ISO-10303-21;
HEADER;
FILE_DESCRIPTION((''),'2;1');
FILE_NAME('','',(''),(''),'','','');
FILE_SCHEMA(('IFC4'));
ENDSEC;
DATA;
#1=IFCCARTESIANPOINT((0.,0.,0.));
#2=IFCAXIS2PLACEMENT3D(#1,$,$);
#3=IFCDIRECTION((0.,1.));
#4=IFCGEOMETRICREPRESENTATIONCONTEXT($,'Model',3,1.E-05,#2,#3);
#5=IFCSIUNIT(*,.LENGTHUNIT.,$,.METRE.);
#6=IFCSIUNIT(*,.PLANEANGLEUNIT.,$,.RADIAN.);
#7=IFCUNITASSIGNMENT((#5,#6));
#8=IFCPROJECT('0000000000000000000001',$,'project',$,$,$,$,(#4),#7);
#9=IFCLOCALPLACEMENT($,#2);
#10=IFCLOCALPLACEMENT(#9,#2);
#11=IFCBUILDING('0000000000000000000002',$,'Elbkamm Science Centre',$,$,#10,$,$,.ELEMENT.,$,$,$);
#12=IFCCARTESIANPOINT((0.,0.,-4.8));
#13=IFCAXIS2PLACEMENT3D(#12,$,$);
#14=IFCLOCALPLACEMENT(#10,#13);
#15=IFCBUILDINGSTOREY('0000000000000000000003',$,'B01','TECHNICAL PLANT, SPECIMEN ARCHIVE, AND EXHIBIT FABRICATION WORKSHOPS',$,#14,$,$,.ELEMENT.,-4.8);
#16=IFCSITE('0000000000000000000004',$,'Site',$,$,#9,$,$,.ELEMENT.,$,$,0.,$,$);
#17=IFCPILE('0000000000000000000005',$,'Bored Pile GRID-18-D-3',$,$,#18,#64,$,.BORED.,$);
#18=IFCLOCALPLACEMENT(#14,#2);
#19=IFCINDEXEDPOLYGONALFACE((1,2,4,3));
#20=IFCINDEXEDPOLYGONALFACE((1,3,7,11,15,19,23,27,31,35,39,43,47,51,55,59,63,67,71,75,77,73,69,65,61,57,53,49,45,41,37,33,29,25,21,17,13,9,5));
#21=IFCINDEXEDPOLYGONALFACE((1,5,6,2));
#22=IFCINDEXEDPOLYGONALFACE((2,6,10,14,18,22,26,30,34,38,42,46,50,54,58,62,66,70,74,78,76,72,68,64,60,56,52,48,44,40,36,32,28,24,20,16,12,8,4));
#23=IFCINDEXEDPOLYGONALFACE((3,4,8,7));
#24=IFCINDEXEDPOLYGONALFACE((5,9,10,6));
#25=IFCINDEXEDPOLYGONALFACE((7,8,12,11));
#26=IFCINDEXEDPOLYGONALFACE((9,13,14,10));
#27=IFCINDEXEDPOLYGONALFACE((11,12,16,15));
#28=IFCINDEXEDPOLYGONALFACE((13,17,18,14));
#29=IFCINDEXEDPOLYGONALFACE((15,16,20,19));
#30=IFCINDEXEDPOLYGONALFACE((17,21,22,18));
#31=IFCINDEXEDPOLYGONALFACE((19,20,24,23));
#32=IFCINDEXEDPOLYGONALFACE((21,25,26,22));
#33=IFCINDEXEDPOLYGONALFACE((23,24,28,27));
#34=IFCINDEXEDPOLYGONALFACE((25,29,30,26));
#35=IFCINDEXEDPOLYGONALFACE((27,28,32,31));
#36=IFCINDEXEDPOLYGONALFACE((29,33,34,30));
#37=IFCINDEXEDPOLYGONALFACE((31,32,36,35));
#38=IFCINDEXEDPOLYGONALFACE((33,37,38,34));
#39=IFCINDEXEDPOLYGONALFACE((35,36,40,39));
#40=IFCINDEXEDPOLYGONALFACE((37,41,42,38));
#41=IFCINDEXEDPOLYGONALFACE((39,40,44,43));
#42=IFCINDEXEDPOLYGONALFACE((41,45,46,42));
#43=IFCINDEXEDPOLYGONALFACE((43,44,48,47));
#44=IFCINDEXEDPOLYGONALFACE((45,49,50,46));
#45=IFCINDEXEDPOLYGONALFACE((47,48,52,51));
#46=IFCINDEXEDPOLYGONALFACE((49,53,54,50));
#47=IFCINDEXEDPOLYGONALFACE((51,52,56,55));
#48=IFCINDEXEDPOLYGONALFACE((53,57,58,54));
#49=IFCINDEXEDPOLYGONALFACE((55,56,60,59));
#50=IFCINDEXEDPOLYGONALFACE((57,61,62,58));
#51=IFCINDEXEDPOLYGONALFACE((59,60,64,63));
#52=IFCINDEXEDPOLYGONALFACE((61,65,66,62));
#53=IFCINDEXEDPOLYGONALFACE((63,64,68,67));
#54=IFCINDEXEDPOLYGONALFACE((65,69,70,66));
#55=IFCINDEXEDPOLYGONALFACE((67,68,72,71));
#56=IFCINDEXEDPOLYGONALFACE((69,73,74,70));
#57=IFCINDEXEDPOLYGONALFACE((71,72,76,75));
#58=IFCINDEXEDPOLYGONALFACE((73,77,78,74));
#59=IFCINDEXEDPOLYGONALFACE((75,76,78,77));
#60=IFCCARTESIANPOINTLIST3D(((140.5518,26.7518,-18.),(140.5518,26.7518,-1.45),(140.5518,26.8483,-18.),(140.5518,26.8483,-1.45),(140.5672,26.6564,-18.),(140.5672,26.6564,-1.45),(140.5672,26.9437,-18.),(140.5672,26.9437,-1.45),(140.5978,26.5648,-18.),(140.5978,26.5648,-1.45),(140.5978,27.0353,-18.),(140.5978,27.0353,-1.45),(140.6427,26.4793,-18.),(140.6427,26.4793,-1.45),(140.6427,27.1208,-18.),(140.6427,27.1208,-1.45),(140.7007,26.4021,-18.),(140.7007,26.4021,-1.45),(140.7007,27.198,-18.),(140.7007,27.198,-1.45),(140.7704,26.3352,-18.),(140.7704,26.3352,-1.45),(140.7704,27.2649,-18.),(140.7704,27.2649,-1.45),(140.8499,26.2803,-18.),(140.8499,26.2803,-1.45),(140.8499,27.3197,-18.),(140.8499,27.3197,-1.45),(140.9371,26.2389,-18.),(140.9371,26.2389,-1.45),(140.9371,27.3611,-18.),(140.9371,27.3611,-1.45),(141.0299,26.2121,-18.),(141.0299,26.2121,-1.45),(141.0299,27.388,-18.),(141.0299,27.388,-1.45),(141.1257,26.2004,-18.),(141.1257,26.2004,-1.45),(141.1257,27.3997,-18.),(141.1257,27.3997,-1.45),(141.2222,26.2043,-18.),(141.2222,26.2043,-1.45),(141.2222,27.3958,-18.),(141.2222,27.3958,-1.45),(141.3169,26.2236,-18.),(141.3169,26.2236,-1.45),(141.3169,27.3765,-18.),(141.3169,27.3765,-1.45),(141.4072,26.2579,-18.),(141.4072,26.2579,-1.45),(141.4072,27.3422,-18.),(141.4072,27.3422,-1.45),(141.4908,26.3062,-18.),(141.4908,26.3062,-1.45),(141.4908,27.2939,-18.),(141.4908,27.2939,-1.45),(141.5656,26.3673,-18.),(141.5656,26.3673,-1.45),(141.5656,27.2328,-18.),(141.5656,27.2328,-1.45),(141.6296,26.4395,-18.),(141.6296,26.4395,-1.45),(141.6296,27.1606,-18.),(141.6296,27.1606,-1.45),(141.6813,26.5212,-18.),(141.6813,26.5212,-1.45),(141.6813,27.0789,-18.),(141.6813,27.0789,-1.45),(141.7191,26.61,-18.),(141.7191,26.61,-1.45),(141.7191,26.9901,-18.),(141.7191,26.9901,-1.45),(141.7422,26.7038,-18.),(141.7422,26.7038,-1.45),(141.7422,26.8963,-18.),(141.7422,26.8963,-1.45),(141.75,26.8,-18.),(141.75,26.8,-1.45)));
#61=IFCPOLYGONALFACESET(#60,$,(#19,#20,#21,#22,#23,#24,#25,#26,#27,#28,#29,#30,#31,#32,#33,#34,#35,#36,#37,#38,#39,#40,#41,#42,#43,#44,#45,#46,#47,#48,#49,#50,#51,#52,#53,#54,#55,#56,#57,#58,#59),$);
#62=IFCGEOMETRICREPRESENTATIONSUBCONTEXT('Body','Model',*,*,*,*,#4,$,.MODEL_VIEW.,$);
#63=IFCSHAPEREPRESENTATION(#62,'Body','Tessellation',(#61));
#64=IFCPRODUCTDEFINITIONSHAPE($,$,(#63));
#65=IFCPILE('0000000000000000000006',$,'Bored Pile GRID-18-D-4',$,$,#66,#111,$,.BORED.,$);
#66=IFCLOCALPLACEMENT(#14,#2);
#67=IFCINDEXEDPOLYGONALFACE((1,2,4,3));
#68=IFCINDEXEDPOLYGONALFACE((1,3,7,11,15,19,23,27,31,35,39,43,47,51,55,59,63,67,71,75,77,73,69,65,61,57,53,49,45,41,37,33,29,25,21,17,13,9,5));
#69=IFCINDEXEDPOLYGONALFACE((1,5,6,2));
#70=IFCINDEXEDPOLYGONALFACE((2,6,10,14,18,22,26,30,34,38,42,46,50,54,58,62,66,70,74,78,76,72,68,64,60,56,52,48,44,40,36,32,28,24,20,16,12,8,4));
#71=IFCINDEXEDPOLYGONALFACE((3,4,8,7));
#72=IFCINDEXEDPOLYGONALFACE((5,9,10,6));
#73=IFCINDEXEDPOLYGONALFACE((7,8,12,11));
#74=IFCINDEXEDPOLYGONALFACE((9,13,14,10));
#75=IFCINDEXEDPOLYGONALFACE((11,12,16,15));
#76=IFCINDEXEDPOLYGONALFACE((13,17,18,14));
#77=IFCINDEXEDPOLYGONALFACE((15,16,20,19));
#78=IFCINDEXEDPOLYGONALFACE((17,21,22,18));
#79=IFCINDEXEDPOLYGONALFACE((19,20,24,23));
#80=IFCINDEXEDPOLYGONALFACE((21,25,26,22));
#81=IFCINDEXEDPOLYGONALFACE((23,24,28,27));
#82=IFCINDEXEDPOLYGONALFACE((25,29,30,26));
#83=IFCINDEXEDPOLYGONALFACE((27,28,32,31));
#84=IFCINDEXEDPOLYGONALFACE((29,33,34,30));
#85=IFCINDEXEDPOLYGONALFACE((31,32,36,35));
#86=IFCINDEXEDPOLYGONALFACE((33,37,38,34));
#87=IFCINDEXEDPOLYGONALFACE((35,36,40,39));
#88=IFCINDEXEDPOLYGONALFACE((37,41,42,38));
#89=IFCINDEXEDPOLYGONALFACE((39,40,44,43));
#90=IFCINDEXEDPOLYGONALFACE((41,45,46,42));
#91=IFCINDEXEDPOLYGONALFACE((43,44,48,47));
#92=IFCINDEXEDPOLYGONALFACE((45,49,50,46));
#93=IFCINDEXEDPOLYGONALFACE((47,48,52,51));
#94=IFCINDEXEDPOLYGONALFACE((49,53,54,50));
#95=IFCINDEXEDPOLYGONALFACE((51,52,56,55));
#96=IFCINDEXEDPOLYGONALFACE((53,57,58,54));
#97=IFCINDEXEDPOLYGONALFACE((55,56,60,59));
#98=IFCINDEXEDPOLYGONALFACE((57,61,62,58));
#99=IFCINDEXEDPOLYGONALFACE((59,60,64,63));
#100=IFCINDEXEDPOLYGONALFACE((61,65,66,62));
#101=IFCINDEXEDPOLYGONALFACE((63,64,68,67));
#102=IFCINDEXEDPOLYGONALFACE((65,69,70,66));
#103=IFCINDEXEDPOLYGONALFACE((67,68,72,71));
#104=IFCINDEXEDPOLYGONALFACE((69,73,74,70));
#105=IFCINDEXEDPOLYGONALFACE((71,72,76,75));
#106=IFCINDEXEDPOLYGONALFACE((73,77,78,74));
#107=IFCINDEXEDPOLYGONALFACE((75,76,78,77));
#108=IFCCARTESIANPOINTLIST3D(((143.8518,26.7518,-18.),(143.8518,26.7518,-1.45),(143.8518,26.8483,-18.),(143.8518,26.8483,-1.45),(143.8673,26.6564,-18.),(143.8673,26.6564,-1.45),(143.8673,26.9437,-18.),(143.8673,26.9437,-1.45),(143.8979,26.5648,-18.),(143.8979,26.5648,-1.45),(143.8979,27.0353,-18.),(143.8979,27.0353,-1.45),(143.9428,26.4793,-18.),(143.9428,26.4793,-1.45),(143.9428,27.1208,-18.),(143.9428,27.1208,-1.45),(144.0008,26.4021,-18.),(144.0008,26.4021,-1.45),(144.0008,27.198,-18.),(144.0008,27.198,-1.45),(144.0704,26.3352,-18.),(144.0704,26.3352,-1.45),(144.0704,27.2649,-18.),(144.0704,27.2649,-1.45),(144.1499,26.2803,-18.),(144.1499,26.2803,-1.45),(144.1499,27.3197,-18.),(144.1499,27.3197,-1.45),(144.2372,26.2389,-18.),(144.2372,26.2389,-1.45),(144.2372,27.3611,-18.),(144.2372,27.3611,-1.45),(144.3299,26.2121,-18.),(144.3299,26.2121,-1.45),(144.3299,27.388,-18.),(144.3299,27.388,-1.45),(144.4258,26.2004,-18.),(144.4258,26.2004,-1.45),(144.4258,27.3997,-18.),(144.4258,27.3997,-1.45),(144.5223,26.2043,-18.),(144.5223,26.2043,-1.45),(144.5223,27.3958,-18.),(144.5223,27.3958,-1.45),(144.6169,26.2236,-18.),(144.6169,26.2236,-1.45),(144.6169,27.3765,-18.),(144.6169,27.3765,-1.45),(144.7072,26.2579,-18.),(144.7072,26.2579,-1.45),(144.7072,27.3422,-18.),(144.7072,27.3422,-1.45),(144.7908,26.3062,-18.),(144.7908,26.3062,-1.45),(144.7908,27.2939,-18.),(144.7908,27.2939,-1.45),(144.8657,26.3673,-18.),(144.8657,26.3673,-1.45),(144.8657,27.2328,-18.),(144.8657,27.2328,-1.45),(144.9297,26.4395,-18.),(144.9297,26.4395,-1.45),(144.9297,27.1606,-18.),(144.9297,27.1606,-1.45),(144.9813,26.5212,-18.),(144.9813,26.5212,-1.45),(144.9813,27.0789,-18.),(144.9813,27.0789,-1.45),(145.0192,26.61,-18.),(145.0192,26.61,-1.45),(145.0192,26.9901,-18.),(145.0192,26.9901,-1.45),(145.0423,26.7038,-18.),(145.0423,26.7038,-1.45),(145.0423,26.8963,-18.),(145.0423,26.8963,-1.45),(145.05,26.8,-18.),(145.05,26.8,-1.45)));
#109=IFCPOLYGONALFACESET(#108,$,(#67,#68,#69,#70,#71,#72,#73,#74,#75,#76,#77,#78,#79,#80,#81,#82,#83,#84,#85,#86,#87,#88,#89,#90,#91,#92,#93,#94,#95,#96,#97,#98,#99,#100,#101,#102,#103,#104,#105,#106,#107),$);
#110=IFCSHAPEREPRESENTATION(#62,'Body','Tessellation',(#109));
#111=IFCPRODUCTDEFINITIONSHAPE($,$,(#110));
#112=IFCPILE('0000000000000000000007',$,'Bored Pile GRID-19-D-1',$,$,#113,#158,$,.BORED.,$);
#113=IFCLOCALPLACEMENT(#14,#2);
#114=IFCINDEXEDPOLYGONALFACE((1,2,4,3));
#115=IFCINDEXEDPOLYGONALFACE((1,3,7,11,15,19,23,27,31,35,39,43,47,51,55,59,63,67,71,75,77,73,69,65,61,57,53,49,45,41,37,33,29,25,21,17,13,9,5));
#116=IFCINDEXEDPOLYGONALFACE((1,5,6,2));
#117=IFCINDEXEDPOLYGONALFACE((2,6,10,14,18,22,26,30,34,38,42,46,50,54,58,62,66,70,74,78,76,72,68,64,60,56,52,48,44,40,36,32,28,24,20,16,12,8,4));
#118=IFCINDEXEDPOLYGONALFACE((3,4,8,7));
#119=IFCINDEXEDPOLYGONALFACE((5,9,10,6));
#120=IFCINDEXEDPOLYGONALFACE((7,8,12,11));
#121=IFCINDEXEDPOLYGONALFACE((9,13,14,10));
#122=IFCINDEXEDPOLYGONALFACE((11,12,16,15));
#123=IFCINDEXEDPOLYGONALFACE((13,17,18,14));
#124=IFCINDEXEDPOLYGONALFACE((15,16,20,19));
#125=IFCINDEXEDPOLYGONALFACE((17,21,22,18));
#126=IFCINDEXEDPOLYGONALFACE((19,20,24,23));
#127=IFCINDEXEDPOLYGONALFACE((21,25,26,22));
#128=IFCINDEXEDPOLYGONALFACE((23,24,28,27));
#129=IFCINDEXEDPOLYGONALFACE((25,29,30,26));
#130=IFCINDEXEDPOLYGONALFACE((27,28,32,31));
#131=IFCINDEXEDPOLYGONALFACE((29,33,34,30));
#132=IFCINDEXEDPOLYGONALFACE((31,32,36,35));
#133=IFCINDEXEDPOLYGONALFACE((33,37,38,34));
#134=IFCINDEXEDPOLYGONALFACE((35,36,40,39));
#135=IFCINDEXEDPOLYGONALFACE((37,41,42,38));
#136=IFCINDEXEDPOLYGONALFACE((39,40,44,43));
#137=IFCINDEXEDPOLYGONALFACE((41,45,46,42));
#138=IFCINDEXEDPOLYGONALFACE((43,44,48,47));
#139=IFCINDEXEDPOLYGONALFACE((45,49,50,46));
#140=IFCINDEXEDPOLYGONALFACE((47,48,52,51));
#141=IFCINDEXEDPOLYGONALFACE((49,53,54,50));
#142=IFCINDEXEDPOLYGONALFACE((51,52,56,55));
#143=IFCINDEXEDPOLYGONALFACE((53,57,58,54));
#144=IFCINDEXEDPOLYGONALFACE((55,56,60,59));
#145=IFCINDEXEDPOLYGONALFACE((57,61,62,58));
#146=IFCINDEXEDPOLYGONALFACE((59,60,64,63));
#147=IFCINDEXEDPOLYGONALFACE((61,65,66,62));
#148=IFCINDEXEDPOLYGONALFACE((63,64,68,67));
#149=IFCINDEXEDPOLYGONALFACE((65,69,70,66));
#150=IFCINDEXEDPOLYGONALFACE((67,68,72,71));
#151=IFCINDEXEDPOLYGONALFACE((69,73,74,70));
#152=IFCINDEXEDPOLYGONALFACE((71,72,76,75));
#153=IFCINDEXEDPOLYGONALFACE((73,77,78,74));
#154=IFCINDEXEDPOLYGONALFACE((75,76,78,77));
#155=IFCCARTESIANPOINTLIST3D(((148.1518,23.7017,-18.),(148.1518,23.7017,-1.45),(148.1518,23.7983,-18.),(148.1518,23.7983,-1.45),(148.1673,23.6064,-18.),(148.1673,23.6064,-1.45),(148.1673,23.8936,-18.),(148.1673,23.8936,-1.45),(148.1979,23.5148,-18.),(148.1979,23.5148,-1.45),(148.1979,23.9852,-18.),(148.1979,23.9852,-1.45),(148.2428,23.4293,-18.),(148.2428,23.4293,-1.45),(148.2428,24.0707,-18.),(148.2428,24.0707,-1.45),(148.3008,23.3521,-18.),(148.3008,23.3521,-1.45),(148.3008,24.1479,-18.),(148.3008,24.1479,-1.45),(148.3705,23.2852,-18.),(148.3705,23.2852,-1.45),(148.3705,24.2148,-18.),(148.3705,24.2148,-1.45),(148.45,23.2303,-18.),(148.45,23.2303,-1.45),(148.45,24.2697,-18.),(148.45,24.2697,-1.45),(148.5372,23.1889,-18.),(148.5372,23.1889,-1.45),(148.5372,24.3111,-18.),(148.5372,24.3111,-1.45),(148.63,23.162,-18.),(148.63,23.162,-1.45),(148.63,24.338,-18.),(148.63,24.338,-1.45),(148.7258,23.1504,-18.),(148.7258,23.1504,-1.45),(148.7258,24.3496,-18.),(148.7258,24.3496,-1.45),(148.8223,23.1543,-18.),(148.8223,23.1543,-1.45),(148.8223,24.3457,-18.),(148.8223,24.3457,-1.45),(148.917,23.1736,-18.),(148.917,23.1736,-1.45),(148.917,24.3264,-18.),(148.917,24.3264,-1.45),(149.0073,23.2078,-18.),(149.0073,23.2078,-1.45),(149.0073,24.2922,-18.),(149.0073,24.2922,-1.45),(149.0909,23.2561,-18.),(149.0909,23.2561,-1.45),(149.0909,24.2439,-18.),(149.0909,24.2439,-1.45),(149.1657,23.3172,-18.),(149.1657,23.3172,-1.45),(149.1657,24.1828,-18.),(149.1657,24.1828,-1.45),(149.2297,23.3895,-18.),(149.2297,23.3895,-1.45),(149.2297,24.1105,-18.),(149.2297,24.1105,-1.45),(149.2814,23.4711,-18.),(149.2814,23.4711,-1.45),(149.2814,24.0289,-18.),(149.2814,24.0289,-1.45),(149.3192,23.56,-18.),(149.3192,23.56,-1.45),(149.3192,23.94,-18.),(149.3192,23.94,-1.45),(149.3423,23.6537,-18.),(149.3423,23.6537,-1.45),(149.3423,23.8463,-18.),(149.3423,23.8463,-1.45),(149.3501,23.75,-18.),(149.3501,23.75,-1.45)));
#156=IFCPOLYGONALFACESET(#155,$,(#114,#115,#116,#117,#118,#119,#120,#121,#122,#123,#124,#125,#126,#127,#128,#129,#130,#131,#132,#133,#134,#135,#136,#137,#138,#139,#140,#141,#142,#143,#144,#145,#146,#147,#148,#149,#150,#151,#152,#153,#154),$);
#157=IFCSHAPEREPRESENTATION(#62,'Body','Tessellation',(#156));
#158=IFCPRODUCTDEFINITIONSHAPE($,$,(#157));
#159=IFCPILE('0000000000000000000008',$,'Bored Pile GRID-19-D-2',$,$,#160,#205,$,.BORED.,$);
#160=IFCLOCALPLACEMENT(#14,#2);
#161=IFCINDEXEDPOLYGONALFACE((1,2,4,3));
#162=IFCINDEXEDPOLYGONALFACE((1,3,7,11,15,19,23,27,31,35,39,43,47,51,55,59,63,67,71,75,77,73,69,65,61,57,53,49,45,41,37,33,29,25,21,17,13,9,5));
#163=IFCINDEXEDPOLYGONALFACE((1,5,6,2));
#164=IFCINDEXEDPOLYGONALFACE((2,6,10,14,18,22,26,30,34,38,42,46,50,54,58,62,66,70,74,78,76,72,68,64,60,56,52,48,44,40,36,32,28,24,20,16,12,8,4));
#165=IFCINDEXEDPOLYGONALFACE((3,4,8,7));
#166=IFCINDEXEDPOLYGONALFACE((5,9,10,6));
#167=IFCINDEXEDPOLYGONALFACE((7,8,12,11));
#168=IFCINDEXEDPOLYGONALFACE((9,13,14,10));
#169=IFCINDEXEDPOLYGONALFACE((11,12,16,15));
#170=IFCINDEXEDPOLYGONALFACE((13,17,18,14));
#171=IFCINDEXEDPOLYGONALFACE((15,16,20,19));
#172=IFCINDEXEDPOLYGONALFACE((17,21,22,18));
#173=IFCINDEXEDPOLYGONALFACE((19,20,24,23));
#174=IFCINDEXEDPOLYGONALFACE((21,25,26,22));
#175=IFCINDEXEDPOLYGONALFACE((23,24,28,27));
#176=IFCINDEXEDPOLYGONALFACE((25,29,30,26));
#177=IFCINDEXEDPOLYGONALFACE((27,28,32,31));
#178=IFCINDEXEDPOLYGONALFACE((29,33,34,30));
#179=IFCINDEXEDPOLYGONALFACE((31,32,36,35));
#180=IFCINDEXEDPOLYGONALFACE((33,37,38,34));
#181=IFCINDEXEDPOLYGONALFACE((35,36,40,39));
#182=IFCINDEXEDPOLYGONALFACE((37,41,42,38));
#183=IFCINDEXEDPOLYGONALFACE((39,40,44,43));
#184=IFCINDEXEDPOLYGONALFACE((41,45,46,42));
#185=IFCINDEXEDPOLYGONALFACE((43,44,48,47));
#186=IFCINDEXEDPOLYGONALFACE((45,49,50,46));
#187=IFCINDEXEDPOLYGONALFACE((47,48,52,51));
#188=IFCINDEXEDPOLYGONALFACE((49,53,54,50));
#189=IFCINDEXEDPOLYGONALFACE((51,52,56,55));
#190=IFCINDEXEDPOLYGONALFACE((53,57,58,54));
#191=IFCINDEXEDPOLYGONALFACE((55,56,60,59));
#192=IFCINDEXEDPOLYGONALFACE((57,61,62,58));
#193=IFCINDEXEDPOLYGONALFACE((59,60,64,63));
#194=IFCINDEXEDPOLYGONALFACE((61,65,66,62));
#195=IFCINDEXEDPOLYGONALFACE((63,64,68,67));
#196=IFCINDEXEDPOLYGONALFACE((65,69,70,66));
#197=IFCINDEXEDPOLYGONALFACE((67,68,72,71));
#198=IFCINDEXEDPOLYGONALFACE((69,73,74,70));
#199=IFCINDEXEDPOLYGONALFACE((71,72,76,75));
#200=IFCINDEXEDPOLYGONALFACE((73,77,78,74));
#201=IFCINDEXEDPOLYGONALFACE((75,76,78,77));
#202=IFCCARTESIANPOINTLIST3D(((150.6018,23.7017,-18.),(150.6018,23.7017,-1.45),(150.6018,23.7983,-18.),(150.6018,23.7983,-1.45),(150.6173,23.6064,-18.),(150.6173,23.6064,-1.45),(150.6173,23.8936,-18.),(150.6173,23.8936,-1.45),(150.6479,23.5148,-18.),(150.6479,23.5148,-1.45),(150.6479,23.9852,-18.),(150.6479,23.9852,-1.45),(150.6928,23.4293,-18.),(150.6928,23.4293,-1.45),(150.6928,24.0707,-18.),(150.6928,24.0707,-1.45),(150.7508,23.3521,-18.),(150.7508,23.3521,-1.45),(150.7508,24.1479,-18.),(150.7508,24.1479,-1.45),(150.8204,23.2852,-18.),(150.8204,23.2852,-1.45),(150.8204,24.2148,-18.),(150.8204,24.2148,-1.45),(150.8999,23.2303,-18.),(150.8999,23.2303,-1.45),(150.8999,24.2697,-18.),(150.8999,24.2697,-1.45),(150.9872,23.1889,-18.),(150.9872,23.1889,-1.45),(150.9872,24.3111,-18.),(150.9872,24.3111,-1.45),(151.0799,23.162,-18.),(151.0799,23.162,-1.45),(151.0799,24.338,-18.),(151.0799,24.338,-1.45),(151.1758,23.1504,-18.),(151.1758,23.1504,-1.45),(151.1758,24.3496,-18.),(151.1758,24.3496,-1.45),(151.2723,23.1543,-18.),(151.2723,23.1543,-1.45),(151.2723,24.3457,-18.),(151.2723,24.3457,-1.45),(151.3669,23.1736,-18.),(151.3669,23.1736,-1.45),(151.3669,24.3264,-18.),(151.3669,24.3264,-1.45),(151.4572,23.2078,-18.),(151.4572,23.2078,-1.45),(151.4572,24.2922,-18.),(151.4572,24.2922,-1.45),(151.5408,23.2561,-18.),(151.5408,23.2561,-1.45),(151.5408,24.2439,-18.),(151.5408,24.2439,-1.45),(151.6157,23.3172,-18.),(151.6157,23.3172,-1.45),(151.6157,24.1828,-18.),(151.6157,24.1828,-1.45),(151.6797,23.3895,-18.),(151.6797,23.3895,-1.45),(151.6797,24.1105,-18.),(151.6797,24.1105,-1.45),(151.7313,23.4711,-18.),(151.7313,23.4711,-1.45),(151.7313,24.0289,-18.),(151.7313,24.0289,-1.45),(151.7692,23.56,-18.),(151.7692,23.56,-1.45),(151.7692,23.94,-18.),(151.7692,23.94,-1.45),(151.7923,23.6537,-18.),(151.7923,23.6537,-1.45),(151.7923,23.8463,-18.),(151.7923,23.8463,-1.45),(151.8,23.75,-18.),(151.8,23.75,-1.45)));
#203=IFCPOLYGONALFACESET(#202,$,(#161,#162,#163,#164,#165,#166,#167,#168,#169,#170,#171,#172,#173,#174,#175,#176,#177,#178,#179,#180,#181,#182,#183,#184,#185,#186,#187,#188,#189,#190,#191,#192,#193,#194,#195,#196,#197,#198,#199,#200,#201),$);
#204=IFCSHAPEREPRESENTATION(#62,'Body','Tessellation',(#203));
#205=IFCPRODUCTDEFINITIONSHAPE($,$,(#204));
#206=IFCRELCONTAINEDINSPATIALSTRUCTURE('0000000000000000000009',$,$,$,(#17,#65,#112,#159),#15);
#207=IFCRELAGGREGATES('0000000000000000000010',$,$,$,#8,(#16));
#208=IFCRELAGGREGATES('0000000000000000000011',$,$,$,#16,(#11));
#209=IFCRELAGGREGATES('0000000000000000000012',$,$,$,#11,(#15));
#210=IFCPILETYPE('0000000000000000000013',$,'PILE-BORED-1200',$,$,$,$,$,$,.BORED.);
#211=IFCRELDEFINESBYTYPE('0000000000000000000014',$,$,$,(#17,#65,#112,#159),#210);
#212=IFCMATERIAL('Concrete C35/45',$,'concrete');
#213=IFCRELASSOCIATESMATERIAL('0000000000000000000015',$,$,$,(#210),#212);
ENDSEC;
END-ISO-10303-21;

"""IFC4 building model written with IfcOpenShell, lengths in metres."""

from ifc_helpers import new_model, si_unit, direction, frame, origin, origin_2d, place, context, subcontext, project, spatial, circle, extrude, material, material_profile, profile_set, type_object, element, save


model = new_model("IFC4")

# Units and contexts
model_context = context("Model", 3, precision=1e-05, world=origin(), true_north=direction((0.0, 1.0)))
body_context = subcontext(model_context, "Body", "Model", "MODEL_VIEW")
ifc_project = project(units=[si_unit("LENGTHUNIT", "METRE"), si_unit("PLANEANGLEUNIT", "RADIAN")], contexts=[model_context])

# Site, building, storey
site_placement = place(None, origin())
site = spatial("IfcSite", under=ifc_project, at=site_placement, Name="Site", CompositionType="ELEMENT", RefElevation=0.0)
building_placement = place(site_placement, origin())
building = spatial("IfcBuilding", under=site, at=building_placement, Name="Elbkamm Science Centre", CompositionType="ELEMENT")
storey_placement = place(building_placement, frame((0.0, 0.0, -4.8)))
storey = spatial("IfcBuildingStorey", under=building, at=storey_placement, Name="B01", Description="TECHNICAL PLANT, SPECIMEN ARCHIVE, AND EXHIBIT FABRICATION WORKSHOPS", CompositionType="ELEMENT", Elevation=-4.8)

# Shared definitions
ifc_material_1 = material(Name="Concrete C35/45", Category="concrete")

# Piles
ifc_material_profile_1 = material_profile(ifc_material_1, circle(Radius=0.6001, at=origin_2d()), Name="PILE D1200")
ifc_profile_set_1 = profile_set([ifc_material_profile_1], Name="Concrete C35/45")
pile_type_1 = type_object("IfcPileType", Name="PILE-BORED-1200", PredefinedType="BORED", material=ifc_profile_set_1)
for number, where, z_axis, x_axis, name in (
    (1, (141.1499, 26.8, -1.45), (0.0, 0.0, -1.0), (1.0, 0.0, 0.0), "Bored Pile GRID-18-D-3"),
    (2, (144.45, 26.8, -1.45), (0.0, 0.0, -1.0), (1.0, 0.0, 0.0), "Bored Pile GRID-18-D-4"),
    (3, (148.75, 23.75, -1.45), (0.0, 0.0, -1.0), (1.0, 0.0, 0.0), "Bored Pile GRID-19-D-1"),
    (4, (151.2, 23.75, -1.45), (0.0, 0.0, -1.0), (1.0, 0.0, 0.0), "Bored Pile GRID-19-D-2"),
):
    element("IfcPile", number, at=place(storey_placement, frame(where, z_axis=z_axis, x_axis=x_axis)), inside=storey, type_object=pile_type_1, Name=name, PredefinedType="BORED", context=body_context, shape_type="SweptSolid", body=[
        extrude(circle(Radius=0.6001, at=origin_2d()), origin(), (0.0, 0.0, 1.0), 16.55),
    ])

save(model, "model.ifc")
